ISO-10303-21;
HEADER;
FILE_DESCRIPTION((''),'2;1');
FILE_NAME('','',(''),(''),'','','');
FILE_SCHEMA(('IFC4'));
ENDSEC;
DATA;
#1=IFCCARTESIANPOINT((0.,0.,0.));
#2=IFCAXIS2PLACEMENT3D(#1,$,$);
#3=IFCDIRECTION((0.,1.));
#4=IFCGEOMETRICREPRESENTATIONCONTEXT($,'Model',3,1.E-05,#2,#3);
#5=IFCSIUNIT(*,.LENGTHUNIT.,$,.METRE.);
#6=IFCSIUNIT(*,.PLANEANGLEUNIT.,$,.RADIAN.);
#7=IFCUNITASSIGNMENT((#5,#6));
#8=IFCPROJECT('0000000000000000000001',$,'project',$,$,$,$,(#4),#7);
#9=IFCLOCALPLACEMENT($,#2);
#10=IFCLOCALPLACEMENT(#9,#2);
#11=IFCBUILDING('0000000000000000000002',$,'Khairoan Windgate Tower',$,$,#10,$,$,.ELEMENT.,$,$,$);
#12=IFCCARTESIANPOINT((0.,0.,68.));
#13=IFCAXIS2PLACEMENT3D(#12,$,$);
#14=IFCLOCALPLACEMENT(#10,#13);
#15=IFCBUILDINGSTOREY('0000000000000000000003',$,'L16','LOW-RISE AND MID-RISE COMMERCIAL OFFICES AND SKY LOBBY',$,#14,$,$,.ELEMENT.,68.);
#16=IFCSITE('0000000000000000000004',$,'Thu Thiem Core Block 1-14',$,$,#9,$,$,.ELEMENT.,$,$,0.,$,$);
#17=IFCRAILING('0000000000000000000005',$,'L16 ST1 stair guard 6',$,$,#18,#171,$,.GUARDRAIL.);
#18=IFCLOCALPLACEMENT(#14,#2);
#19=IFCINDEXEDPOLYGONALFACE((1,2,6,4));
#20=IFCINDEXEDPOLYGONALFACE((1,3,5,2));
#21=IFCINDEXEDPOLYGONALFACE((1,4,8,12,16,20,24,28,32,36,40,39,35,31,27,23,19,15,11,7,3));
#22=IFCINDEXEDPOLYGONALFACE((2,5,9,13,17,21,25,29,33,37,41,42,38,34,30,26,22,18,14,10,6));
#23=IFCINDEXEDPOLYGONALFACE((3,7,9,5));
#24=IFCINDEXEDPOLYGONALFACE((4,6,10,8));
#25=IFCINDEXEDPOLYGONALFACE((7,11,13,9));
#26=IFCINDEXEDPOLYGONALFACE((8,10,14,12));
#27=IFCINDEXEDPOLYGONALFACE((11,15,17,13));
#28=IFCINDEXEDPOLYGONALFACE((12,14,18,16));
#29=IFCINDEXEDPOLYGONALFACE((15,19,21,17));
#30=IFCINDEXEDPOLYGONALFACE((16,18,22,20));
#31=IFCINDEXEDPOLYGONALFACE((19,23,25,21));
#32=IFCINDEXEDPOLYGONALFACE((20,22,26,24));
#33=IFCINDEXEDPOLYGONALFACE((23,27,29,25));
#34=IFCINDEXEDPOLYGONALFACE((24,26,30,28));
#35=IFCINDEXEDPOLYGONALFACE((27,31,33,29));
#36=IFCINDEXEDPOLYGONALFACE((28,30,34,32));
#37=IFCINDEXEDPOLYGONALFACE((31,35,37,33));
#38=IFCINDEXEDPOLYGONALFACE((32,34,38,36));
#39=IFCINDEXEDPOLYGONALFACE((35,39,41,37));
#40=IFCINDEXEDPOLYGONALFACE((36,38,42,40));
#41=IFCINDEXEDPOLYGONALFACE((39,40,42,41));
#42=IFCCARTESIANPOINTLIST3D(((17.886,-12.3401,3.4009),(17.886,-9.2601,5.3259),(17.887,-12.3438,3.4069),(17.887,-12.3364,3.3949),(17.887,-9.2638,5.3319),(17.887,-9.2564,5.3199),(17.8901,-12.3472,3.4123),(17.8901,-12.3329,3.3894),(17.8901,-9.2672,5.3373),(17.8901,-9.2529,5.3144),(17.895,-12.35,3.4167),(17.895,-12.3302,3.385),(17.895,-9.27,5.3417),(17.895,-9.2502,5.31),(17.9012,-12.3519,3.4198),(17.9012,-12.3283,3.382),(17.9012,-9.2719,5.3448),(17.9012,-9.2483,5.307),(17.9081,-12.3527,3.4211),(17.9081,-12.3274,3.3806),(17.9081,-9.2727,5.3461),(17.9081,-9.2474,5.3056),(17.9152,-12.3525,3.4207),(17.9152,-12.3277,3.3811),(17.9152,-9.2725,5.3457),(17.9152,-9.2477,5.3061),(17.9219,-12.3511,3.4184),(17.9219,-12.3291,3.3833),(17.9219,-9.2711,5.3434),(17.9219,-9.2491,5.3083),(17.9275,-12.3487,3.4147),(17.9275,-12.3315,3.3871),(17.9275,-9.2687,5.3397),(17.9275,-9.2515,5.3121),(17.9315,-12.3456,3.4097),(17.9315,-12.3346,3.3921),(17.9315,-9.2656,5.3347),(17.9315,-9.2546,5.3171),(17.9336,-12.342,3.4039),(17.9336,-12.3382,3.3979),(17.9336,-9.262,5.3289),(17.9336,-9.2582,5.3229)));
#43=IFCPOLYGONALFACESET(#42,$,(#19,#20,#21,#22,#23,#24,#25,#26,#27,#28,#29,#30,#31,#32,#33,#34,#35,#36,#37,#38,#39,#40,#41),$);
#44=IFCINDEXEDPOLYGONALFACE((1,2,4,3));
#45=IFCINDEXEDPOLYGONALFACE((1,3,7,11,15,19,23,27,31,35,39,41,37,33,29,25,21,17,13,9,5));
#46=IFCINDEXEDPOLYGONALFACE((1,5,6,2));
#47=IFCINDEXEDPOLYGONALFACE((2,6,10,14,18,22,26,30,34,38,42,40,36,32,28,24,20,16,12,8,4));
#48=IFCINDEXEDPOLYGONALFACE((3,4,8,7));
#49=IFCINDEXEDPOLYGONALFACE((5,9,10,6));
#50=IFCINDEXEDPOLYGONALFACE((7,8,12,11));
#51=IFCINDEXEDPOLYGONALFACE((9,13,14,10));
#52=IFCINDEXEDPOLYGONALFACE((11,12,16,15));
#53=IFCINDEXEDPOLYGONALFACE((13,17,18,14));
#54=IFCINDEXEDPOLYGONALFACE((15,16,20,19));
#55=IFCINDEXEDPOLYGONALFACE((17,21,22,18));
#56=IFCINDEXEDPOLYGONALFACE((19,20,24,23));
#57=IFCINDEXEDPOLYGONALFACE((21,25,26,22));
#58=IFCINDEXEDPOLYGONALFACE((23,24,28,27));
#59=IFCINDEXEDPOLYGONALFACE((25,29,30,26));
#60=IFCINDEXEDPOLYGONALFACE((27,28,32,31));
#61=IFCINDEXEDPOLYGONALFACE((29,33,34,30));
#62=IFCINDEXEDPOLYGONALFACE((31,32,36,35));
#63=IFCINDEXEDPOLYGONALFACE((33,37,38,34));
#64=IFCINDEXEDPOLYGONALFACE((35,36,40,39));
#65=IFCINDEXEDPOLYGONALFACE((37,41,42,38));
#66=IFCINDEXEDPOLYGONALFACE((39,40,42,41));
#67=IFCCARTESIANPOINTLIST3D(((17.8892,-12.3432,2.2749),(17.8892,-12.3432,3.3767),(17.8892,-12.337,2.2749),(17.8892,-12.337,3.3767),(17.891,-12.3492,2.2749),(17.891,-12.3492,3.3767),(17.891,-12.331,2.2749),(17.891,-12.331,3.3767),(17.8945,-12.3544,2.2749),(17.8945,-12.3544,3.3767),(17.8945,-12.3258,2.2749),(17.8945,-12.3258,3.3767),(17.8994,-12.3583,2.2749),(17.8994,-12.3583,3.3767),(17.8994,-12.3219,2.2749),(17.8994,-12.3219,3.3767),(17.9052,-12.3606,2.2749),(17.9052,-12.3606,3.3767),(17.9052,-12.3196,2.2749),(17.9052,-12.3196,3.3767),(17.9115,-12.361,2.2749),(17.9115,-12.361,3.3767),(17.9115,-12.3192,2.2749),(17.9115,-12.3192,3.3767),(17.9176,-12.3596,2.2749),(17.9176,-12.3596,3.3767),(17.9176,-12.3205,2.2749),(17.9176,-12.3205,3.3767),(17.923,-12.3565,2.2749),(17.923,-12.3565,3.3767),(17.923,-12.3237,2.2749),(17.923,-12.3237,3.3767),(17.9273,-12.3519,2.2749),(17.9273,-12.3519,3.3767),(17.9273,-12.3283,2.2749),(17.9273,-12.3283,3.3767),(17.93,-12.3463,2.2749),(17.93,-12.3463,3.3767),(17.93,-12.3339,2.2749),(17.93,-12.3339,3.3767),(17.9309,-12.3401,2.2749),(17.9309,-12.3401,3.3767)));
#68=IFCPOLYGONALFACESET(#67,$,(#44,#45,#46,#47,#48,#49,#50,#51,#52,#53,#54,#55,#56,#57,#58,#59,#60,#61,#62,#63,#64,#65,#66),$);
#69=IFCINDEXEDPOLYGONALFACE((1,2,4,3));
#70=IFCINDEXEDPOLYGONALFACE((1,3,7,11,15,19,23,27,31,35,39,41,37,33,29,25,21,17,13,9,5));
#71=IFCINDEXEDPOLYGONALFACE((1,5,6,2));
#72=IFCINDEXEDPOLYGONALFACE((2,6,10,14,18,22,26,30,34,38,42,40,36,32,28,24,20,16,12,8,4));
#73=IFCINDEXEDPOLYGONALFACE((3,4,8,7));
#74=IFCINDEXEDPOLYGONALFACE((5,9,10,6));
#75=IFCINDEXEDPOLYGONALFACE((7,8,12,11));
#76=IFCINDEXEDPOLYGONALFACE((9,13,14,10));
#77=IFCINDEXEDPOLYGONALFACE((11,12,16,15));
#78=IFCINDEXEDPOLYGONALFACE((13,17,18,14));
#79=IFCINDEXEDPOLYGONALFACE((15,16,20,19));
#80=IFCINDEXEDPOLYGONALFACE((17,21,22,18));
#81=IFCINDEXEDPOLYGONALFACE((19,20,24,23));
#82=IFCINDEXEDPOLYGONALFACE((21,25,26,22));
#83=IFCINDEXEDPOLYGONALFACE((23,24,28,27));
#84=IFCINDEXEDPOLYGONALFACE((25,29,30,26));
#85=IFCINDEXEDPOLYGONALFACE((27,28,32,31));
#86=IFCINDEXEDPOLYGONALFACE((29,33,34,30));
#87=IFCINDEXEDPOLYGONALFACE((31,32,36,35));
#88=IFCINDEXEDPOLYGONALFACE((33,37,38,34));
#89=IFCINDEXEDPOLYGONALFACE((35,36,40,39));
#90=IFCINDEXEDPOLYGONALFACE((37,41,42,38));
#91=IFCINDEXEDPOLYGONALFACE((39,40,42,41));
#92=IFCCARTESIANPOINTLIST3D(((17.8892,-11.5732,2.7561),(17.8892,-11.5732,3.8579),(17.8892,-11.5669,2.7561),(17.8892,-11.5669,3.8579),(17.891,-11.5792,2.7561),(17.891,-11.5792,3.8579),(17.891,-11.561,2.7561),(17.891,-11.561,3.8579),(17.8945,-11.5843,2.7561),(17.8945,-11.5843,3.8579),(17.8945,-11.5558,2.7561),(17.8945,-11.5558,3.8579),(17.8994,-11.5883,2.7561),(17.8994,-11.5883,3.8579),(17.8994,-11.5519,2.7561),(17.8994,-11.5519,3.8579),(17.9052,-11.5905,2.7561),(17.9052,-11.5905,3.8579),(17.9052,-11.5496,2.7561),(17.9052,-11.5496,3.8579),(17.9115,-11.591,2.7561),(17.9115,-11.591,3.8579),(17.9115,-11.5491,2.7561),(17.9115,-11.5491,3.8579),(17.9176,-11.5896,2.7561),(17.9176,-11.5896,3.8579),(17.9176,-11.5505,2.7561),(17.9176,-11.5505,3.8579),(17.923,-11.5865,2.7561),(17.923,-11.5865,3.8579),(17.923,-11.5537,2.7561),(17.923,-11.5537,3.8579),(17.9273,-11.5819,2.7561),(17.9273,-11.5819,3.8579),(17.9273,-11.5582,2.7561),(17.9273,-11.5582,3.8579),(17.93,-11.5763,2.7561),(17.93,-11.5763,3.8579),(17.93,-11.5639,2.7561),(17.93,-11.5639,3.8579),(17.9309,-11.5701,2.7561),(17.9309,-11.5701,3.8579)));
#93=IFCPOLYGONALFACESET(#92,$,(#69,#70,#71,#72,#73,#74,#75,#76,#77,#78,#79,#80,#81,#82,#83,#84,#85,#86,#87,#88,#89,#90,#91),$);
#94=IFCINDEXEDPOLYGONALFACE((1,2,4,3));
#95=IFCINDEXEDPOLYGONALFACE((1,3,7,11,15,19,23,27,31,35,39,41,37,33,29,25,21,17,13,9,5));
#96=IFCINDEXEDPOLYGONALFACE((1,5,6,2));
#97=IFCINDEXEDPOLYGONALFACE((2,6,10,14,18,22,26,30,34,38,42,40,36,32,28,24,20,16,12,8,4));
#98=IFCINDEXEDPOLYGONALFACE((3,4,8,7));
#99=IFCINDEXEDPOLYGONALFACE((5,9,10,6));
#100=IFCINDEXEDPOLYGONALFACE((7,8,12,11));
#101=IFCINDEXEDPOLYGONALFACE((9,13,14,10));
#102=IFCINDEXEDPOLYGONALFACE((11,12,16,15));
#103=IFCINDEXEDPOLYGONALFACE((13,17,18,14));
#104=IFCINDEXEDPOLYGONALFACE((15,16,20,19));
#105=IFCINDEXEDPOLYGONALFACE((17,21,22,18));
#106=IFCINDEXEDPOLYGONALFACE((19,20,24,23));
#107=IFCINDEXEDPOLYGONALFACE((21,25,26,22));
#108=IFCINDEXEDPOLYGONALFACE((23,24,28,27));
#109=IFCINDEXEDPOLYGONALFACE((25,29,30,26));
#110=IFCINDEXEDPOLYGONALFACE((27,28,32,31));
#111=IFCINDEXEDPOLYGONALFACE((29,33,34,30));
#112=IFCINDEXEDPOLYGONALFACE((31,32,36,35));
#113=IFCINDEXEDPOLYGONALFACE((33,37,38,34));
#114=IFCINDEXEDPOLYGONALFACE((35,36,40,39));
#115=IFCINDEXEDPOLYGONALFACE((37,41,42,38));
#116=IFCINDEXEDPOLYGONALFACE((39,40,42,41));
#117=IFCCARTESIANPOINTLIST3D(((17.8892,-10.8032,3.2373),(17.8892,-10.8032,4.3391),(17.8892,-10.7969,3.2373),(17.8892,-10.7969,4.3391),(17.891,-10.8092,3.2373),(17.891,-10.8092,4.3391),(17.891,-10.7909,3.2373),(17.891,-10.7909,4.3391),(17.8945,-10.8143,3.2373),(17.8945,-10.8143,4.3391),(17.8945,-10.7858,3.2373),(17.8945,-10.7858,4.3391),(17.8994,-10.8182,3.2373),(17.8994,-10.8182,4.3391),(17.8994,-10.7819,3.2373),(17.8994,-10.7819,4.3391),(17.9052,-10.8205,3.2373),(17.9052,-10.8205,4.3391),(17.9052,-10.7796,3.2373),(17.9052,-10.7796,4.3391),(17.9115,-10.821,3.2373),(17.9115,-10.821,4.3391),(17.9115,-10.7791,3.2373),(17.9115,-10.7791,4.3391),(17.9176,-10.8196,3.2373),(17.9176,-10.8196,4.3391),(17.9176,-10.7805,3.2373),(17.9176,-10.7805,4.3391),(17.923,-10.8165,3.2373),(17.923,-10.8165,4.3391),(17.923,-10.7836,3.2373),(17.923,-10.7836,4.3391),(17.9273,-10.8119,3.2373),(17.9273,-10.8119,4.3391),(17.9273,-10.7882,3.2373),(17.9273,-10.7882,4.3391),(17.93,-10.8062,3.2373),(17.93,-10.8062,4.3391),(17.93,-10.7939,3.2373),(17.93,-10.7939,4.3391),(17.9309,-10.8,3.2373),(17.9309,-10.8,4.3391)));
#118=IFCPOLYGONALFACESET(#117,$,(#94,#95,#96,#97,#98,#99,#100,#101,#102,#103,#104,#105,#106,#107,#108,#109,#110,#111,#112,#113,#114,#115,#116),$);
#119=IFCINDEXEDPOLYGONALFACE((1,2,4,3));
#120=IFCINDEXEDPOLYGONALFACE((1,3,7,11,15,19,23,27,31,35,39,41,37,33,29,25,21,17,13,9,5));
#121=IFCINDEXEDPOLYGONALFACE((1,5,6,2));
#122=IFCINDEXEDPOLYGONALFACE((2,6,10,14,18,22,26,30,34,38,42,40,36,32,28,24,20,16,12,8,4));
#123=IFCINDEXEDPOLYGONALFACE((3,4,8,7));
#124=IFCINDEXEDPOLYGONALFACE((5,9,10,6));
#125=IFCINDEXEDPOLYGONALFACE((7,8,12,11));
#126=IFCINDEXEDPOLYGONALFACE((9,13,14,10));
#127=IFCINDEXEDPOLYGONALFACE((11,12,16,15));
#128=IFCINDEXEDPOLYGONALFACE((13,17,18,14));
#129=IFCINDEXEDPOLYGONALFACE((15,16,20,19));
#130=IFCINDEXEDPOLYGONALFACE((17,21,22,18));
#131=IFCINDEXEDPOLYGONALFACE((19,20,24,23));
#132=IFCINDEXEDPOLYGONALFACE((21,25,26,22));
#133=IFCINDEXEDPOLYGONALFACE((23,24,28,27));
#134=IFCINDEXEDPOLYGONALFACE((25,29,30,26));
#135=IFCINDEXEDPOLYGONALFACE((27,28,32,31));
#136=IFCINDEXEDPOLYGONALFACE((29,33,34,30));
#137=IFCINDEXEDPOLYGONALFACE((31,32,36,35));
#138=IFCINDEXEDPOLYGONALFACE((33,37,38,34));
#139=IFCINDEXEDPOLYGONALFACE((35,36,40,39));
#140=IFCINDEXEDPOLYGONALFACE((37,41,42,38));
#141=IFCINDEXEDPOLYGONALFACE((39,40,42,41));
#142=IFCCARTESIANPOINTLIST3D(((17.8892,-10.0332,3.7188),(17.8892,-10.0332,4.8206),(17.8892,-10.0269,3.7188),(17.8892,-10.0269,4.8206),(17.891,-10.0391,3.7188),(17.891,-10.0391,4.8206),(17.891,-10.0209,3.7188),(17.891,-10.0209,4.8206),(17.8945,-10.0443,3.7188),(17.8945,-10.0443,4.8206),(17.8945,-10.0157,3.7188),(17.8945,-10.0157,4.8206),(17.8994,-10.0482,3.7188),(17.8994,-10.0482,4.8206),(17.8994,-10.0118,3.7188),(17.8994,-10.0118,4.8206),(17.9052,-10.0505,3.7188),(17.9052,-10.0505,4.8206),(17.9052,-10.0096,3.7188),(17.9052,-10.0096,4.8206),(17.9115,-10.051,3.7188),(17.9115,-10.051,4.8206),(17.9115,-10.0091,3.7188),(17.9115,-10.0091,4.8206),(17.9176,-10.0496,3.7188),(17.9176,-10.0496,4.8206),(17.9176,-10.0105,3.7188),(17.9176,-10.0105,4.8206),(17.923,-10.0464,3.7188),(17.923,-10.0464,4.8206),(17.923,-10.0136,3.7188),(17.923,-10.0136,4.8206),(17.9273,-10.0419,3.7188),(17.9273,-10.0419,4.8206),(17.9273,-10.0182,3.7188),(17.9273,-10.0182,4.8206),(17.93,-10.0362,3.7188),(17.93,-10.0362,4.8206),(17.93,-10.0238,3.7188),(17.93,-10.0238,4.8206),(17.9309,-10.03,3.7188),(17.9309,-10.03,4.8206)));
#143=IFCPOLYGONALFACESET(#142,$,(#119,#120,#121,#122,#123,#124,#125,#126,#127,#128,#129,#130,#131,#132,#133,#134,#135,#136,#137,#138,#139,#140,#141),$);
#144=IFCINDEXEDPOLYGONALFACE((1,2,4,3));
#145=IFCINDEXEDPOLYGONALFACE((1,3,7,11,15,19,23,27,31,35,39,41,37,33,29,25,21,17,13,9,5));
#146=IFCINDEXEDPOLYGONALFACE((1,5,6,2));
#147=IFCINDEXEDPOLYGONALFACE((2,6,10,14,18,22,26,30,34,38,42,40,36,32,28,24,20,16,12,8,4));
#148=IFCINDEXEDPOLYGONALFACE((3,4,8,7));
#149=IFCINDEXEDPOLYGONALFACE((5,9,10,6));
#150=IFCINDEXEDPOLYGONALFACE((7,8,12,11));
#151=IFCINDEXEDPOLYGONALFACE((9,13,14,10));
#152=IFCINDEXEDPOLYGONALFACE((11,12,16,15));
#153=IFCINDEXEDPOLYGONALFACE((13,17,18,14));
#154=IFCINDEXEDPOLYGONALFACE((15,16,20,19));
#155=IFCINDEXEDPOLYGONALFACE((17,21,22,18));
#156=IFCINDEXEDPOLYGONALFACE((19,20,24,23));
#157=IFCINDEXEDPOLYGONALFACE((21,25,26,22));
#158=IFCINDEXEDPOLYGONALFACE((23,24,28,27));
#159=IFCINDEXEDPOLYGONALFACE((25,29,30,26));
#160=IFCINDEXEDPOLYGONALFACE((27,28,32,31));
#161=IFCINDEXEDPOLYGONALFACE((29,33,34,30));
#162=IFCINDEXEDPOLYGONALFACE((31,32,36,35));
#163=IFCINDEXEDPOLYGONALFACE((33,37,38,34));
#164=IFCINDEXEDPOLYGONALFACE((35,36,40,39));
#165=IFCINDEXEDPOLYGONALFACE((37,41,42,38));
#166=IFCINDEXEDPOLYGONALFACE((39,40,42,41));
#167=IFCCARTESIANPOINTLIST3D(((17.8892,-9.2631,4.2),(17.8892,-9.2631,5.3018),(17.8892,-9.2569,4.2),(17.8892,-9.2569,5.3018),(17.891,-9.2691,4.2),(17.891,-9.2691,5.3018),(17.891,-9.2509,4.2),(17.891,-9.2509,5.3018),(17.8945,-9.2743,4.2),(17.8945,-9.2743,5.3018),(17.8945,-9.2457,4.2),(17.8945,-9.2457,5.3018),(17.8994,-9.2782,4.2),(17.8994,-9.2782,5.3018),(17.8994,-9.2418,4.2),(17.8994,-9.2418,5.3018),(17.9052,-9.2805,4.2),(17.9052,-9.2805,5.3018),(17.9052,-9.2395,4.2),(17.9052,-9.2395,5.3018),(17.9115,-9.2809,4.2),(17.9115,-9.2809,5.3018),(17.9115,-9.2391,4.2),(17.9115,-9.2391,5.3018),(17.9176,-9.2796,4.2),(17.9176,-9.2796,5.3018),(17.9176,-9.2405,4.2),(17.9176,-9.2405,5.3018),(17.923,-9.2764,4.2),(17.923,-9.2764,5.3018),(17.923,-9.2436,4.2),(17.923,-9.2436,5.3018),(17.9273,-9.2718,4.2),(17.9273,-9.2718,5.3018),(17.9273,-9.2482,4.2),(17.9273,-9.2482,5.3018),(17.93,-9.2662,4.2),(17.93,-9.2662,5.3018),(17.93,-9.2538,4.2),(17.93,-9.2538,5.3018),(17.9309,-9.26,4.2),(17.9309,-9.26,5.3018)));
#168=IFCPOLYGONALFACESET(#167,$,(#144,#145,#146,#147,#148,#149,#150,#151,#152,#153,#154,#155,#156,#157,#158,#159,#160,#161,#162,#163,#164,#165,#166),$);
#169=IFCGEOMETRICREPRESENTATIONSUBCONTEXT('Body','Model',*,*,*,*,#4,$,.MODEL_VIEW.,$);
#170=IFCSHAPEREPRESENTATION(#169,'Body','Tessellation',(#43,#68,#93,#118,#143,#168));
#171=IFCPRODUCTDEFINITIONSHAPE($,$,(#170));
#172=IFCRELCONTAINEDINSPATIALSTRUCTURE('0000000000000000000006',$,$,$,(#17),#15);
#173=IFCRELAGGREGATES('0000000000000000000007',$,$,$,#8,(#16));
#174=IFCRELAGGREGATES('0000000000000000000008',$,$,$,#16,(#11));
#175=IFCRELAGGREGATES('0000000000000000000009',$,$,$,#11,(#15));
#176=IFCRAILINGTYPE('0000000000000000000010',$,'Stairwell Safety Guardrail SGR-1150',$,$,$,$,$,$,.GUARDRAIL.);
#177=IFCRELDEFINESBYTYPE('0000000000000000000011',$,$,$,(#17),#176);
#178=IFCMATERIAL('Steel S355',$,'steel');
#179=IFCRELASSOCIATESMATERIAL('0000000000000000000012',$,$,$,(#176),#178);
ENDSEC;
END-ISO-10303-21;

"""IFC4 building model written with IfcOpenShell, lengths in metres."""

from ifc_helpers import new_model, si_unit, direction, frame, origin, origin_2d, place, context, subcontext, project, spatial, circle, extrude, material, type_object, element, save


model = new_model("IFC4")

# Units and contexts
model_context = context("Model", 3, precision=1e-05, world=origin(), true_north=direction((0.0, 1.0)))
body_context = subcontext(model_context, "Body", "Model", "MODEL_VIEW")
ifc_project = project(units=[si_unit("LENGTHUNIT", "METRE"), si_unit("PLANEANGLEUNIT", "RADIAN")], contexts=[model_context])

# Site, building, storey
site_placement = place(None, origin())
site = spatial("IfcSite", under=ifc_project, at=site_placement, Name="Thu Thiem Core Block 1-14", CompositionType="ELEMENT", RefElevation=0.0)
building_placement = place(site_placement, origin())
building = spatial("IfcBuilding", under=site, at=building_placement, Name="Khairoan Windgate Tower", CompositionType="ELEMENT")
storey_placement = place(building_placement, frame((0.0, 0.0, 68.0)))
storey = spatial("IfcBuildingStorey", under=building, at=storey_placement, Name="L16", Description="LOW-RISE AND MID-RISE COMMERCIAL OFFICES AND SKY LOBBY", CompositionType="ELEMENT", Elevation=68.0)

# Railing
ifc_material_1 = material(Name="Steel S355", Category="steel")
railing_type = type_object("IfcRailingType", Name="Stairwell Safety Guardrail SGR-1150", PredefinedType="GUARDRAIL", material=ifc_material_1)
railing_1_placement = place(storey_placement, frame((17.9099, -12.3401, 2.2749)))
element("IfcRailing", 1, at=railing_1_placement, inside=storey, type_object=railing_type, Name="L16 ST1 stair guard 6", PredefinedType="GUARDRAIL", context=body_context, shape_type="SweptSolid", body=[
    extrude(circle(Radius=0.0239, at=origin_2d()), frame((0.0, 0.0, 1.126), z_axis=(0.0, 0.847998, 0.529999), x_axis=(-1.0, 0.0, 0.0)), (0.0, 0.0, 1.0), 3.6321),
    extrude(circle(Radius=0.021, at=origin_2d()), origin(), (0.0, 0.0, 1.0), 1.1018),
    extrude(circle(Radius=0.021, at=origin_2d()), frame((0.0, 0.77, 0.4812)), (0.0, 0.0, 1.0), 1.1018),
    extrude(circle(Radius=0.021, at=origin_2d()), frame((0.0, 1.54, 0.9624)), (0.0, 0.0, 1.0), 1.1018),
    extrude(circle(Radius=0.021, at=origin_2d()), frame((0.0, 2.3101, 1.4438)), (0.0, 0.0, 1.0), 1.1018),
    extrude(circle(Radius=0.021, at=origin_2d()), frame((0.0, 3.0801, 1.925)), (0.0, 0.0, 1.0), 1.1018),
])

save(model, "model.ifc")
